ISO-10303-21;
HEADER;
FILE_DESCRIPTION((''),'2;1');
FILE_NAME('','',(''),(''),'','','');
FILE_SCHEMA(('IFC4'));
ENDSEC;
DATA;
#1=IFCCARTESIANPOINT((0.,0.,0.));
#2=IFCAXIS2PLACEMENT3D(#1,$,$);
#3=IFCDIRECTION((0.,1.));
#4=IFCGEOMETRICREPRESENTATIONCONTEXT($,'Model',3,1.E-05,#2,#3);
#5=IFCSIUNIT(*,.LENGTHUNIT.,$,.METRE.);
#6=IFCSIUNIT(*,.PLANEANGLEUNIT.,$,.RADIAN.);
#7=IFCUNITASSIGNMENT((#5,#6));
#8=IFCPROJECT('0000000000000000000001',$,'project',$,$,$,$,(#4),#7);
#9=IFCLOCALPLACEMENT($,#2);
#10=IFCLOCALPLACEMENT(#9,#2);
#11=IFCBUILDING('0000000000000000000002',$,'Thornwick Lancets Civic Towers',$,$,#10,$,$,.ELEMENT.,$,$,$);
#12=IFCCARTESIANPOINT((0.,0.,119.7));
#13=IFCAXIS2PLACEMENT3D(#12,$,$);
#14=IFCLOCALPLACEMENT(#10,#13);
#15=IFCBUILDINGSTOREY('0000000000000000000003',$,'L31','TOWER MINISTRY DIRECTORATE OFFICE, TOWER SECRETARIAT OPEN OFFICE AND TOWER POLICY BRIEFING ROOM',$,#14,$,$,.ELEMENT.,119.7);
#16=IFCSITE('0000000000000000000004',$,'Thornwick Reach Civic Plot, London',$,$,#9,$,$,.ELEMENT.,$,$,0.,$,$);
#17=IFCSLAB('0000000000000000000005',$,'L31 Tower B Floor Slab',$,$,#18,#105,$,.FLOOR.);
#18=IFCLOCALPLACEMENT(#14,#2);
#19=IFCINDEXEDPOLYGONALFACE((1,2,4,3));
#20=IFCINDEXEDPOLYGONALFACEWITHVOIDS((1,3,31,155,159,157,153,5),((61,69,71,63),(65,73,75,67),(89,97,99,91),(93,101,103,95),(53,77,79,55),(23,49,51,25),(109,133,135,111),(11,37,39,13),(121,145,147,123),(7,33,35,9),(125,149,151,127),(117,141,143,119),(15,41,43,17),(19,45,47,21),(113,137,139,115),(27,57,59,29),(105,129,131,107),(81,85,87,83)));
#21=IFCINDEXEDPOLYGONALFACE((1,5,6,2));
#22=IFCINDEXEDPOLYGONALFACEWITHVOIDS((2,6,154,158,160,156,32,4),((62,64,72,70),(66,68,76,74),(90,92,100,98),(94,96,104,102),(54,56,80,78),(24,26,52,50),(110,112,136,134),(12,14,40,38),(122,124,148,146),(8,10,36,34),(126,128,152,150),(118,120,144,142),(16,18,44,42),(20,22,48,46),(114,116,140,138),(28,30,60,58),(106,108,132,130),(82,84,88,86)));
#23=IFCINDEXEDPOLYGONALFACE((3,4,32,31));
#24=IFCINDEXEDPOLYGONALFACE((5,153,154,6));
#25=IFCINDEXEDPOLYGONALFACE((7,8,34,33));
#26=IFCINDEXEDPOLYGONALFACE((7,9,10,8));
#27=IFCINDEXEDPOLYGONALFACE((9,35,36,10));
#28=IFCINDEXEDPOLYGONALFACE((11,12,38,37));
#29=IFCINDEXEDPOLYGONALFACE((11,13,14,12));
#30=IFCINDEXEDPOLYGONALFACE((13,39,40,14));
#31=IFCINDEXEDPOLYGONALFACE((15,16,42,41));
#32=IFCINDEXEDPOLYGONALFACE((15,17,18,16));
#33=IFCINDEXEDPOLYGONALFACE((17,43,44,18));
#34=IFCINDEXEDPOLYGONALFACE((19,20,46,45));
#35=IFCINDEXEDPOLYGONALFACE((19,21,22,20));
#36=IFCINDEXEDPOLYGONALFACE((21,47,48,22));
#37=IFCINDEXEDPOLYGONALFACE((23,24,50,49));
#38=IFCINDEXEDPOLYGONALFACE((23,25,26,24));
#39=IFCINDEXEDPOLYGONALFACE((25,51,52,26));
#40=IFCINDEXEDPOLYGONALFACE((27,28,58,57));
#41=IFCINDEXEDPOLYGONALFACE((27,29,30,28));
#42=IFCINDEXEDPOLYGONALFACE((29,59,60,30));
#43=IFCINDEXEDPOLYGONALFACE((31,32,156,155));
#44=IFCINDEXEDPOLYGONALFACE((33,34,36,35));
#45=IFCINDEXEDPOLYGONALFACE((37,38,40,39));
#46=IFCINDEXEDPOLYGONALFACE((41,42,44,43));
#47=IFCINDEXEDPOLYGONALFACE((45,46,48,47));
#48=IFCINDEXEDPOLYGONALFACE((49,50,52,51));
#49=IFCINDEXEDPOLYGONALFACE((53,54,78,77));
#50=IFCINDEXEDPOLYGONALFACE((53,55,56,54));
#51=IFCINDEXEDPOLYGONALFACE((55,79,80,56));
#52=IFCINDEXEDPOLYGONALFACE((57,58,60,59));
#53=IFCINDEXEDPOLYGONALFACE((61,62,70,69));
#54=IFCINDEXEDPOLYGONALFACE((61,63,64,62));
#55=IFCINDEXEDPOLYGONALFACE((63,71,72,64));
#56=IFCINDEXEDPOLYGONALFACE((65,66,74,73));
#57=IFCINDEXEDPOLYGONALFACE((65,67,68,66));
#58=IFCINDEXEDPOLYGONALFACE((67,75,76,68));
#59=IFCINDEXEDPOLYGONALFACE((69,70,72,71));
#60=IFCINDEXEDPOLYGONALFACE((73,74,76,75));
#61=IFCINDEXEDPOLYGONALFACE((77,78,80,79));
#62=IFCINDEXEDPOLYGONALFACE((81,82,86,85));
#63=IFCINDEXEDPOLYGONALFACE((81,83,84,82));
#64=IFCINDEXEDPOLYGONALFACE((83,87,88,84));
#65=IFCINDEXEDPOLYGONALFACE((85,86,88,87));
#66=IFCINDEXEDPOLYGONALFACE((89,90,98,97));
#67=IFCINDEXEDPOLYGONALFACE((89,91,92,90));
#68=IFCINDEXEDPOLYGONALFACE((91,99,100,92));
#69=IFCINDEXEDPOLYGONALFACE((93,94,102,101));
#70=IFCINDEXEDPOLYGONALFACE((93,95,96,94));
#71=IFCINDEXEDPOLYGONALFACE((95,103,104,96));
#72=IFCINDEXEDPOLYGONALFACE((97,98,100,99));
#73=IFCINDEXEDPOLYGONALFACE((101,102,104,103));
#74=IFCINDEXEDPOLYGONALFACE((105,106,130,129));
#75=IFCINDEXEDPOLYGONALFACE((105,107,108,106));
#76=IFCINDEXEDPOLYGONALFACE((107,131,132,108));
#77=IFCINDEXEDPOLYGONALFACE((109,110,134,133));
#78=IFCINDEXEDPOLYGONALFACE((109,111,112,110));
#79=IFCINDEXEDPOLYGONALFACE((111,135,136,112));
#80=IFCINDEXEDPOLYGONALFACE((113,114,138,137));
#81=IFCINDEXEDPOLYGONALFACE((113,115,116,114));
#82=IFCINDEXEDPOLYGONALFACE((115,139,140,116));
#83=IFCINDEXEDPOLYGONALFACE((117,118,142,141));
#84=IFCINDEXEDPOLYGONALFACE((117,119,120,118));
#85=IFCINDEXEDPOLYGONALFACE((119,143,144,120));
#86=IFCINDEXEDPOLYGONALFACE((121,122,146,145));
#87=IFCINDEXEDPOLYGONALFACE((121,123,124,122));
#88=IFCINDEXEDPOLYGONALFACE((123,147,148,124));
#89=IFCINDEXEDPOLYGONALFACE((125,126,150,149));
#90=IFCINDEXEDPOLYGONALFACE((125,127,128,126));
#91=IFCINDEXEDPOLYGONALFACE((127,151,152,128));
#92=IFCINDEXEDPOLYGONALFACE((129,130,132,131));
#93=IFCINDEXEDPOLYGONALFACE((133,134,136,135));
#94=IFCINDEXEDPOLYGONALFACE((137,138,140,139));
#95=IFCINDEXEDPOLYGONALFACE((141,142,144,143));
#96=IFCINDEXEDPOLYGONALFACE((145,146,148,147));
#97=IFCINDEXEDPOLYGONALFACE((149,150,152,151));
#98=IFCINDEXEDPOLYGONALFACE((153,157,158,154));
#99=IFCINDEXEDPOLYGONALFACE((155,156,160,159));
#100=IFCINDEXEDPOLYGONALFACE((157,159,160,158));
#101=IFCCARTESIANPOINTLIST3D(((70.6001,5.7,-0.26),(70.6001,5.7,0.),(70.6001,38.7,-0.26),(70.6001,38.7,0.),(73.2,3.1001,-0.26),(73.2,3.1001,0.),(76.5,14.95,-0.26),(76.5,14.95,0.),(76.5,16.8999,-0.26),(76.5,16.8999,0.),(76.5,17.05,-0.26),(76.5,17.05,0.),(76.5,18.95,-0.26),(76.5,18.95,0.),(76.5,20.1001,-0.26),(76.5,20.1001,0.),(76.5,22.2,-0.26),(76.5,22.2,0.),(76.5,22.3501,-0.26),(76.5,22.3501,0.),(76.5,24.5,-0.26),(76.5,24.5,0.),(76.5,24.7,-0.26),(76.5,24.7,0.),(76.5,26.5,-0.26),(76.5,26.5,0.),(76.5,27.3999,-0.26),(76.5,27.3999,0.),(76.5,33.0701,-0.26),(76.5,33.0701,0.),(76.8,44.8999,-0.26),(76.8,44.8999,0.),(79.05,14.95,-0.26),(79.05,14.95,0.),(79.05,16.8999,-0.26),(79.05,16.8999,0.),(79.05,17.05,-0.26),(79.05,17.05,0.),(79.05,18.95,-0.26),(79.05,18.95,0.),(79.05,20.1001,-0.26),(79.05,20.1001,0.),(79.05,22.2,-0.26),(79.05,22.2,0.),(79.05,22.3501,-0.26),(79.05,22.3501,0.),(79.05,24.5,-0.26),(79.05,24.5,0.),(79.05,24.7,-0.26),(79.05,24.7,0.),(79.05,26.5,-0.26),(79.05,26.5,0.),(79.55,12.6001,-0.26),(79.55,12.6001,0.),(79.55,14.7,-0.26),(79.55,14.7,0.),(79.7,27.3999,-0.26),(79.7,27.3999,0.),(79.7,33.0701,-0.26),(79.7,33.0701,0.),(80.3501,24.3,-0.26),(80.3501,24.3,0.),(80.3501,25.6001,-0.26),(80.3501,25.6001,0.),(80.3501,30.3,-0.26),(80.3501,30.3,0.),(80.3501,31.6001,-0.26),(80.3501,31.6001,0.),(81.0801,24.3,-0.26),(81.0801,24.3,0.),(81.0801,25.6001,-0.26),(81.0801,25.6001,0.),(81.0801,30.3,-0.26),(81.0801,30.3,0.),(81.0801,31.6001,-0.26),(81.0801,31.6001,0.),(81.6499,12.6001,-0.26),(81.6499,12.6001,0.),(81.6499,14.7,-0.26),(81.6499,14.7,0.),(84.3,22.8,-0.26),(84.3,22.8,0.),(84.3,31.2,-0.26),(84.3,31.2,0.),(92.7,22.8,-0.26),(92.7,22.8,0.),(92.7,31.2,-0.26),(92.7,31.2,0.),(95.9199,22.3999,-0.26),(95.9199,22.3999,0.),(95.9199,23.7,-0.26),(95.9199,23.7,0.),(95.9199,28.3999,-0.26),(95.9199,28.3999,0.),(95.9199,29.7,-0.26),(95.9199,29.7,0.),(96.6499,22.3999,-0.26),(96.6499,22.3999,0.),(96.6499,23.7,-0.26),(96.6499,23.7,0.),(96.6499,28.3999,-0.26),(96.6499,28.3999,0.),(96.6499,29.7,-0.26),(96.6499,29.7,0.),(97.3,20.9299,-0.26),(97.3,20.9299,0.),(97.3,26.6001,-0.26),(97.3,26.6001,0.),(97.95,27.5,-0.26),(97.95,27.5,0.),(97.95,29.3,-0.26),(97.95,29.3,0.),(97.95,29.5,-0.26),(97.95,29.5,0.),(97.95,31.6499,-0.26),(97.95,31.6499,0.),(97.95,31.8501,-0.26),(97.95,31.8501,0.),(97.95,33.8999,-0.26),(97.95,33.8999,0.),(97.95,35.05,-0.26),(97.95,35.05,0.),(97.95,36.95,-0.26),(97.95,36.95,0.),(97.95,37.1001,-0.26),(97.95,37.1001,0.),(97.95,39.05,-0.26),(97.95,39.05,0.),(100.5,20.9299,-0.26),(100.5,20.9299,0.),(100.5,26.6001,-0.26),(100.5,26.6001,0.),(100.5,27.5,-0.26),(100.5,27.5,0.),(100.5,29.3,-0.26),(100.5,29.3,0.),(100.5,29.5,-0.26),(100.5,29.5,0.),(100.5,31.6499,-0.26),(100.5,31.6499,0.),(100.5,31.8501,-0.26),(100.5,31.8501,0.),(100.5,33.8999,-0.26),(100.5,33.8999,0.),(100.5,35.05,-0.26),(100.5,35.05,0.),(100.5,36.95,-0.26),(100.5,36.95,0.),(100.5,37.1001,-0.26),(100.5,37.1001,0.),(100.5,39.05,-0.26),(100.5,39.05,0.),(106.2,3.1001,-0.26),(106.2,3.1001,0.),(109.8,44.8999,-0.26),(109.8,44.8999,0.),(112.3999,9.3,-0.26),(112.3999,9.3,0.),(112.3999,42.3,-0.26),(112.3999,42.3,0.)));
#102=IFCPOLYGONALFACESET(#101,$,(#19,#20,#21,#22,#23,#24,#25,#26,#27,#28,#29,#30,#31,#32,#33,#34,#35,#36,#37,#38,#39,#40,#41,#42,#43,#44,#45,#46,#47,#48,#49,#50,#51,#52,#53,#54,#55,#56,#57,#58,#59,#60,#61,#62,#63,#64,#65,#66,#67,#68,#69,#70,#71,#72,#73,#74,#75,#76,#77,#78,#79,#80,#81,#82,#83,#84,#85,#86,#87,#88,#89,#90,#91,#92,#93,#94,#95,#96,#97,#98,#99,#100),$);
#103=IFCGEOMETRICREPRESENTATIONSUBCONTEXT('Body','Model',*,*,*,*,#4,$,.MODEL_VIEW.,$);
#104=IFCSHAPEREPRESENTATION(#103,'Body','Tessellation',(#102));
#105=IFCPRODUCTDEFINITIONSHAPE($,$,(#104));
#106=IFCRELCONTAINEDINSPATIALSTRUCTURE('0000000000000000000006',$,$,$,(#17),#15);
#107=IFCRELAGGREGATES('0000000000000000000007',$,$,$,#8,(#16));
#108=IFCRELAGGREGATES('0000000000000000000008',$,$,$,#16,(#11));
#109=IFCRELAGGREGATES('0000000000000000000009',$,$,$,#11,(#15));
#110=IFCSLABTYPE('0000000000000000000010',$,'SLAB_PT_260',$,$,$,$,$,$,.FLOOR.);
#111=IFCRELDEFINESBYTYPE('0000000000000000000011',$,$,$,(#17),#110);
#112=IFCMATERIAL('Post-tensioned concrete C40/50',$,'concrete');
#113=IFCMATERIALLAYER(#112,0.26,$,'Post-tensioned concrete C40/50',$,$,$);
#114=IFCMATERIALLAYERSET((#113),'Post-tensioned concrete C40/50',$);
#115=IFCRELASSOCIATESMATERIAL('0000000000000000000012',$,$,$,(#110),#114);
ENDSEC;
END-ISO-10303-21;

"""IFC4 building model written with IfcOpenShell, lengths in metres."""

from ifc_helpers import new_model, si_unit, direction, frame, origin, place, context, subcontext, project, spatial, polyline, outline, extrude, material, layer, layer_set, type_object, element, save


model = new_model("IFC4")

# Units and contexts
model_context = context("Model", 3, precision=1e-05, world=origin(), true_north=direction((0.0, 1.0)))
body_context = subcontext(model_context, "Body", "Model", "MODEL_VIEW")
ifc_project = project(units=[si_unit("LENGTHUNIT", "METRE"), si_unit("PLANEANGLEUNIT", "RADIAN")], contexts=[model_context])

# Site, building, storey
site_placement = place(None, origin())
site = spatial("IfcSite", under=ifc_project, at=site_placement, Name="Thornwick Reach Civic Plot, London", CompositionType="ELEMENT", RefElevation=0.0)
building_placement = place(site_placement, origin())
building = spatial("IfcBuilding", under=site, at=building_placement, Name="Thornwick Lancets Civic Towers", CompositionType="ELEMENT")
storey_placement = place(building_placement, frame((0.0, 0.0, 119.7)))
storey = spatial("IfcBuildingStorey", under=building, at=storey_placement, Name="L31", Description="TOWER MINISTRY DIRECTORATE OFFICE, TOWER SECRETARIAT OPEN OFFICE AND TOWER POLICY BRIEFING ROOM", CompositionType="ELEMENT", Elevation=119.7)

# Slab
ifc_material_1 = material(Name="Post-tensioned concrete C40/50", Category="concrete")
ifc_layer_1 = layer(ifc_material_1, 0.26, Name="Post-tensioned concrete C40/50")
ifc_layer_set_1 = layer_set([ifc_layer_1], Name="Post-tensioned concrete C40/50")
slab_type_1 = type_object("IfcSlabType", Name="SLAB_PT_260", PredefinedType="FLOOR", material=ifc_layer_set_1)
slab_1_placement = place(storey_placement, frame((0.0, 0.0, -0.26)))
element("IfcSlab", 1, at=slab_1_placement, inside=storey, type_object=slab_type_1, Name="L31 Tower B Floor Slab", PredefinedType="FLOOR", context=body_context, shape_type="SweptSolid", body=[
    extrude(outline(polyline([(73.2, 3.1001), (106.2, 3.1001), (112.3999, 9.3), (112.3999, 42.3), (109.8, 44.8999), (76.8, 44.8999), (70.6001, 38.7), (70.6001, 5.7), (73.2, 3.1001)]), holes=[polyline([(84.3, 22.8), (92.7, 22.8), (92.7, 31.2), (84.3, 31.2), (84.3, 22.8)]), polyline([(100.5, 20.9299), (100.5, 26.6001), (97.3, 26.6001), (97.3, 20.9299), (100.5, 20.9299)]), polyline([(76.5, 33.0701), (76.5, 27.3999), (79.7, 27.3999), (79.7, 33.0701), (76.5, 33.0701)]), polyline([(97.95, 27.5), (100.5, 27.5), (100.5, 29.3), (97.95, 29.3), (97.95, 27.5)]), polyline([(97.95, 29.5), (100.5, 29.5), (100.5, 31.6499), (97.95, 31.6499), (97.95, 29.5)]), polyline([(97.95, 31.8501), (100.5, 31.8501), (100.5, 33.8999), (97.95, 33.8999), (97.95, 31.8501)]), polyline([(97.95, 35.05), (100.5, 35.05), (100.5, 36.95), (97.95, 36.95), (97.95, 35.05)]), polyline([(97.95, 37.1001), (100.5, 37.1001), (100.5, 39.05), (97.95, 39.05), (97.95, 37.1001)]), polyline([(76.5, 24.7), (79.05, 24.7), (79.05, 26.5), (76.5, 26.5), (76.5, 24.7)]), polyline([(76.5, 22.3501), (79.05, 22.3501), (79.05, 24.5), (76.5, 24.5), (76.5, 22.3501)]), polyline([(76.5, 20.1001), (79.05, 20.1001), (79.05, 22.2), (76.5, 22.2), (76.5, 20.1001)]), polyline([(76.5, 17.05), (79.05, 17.05), (79.05, 18.95), (76.5, 18.95), (76.5, 17.05)]), polyline([(76.5, 14.95), (79.05, 14.95), (79.05, 16.8999), (76.5, 16.8999), (76.5, 14.95)]), polyline([(79.55, 12.6001), (81.6499, 12.6001), (81.6499, 14.7), (79.55, 14.7), (79.55, 12.6001)]), polyline([(95.9199, 28.3999), (96.6499, 28.3999), (96.6499, 29.7), (95.9199, 29.7), (95.9199, 28.3999)]), polyline([(95.9199, 22.3999), (96.6499, 22.3999), (96.6499, 23.7), (95.9199, 23.7), (95.9199, 22.3999)]), polyline([(80.3501, 24.3), (81.0801, 24.3), (81.0801, 25.6001), (80.3501, 25.6001), (80.3501, 24.3)]), polyline([(80.3501, 30.3), (81.0801, 30.3), (81.0801, 31.6001), (80.3501, 31.6001), (80.3501, 30.3)])]), origin(), (0.0, 0.0, 1.0), 0.26),
])

save(model, "model.ifc")
